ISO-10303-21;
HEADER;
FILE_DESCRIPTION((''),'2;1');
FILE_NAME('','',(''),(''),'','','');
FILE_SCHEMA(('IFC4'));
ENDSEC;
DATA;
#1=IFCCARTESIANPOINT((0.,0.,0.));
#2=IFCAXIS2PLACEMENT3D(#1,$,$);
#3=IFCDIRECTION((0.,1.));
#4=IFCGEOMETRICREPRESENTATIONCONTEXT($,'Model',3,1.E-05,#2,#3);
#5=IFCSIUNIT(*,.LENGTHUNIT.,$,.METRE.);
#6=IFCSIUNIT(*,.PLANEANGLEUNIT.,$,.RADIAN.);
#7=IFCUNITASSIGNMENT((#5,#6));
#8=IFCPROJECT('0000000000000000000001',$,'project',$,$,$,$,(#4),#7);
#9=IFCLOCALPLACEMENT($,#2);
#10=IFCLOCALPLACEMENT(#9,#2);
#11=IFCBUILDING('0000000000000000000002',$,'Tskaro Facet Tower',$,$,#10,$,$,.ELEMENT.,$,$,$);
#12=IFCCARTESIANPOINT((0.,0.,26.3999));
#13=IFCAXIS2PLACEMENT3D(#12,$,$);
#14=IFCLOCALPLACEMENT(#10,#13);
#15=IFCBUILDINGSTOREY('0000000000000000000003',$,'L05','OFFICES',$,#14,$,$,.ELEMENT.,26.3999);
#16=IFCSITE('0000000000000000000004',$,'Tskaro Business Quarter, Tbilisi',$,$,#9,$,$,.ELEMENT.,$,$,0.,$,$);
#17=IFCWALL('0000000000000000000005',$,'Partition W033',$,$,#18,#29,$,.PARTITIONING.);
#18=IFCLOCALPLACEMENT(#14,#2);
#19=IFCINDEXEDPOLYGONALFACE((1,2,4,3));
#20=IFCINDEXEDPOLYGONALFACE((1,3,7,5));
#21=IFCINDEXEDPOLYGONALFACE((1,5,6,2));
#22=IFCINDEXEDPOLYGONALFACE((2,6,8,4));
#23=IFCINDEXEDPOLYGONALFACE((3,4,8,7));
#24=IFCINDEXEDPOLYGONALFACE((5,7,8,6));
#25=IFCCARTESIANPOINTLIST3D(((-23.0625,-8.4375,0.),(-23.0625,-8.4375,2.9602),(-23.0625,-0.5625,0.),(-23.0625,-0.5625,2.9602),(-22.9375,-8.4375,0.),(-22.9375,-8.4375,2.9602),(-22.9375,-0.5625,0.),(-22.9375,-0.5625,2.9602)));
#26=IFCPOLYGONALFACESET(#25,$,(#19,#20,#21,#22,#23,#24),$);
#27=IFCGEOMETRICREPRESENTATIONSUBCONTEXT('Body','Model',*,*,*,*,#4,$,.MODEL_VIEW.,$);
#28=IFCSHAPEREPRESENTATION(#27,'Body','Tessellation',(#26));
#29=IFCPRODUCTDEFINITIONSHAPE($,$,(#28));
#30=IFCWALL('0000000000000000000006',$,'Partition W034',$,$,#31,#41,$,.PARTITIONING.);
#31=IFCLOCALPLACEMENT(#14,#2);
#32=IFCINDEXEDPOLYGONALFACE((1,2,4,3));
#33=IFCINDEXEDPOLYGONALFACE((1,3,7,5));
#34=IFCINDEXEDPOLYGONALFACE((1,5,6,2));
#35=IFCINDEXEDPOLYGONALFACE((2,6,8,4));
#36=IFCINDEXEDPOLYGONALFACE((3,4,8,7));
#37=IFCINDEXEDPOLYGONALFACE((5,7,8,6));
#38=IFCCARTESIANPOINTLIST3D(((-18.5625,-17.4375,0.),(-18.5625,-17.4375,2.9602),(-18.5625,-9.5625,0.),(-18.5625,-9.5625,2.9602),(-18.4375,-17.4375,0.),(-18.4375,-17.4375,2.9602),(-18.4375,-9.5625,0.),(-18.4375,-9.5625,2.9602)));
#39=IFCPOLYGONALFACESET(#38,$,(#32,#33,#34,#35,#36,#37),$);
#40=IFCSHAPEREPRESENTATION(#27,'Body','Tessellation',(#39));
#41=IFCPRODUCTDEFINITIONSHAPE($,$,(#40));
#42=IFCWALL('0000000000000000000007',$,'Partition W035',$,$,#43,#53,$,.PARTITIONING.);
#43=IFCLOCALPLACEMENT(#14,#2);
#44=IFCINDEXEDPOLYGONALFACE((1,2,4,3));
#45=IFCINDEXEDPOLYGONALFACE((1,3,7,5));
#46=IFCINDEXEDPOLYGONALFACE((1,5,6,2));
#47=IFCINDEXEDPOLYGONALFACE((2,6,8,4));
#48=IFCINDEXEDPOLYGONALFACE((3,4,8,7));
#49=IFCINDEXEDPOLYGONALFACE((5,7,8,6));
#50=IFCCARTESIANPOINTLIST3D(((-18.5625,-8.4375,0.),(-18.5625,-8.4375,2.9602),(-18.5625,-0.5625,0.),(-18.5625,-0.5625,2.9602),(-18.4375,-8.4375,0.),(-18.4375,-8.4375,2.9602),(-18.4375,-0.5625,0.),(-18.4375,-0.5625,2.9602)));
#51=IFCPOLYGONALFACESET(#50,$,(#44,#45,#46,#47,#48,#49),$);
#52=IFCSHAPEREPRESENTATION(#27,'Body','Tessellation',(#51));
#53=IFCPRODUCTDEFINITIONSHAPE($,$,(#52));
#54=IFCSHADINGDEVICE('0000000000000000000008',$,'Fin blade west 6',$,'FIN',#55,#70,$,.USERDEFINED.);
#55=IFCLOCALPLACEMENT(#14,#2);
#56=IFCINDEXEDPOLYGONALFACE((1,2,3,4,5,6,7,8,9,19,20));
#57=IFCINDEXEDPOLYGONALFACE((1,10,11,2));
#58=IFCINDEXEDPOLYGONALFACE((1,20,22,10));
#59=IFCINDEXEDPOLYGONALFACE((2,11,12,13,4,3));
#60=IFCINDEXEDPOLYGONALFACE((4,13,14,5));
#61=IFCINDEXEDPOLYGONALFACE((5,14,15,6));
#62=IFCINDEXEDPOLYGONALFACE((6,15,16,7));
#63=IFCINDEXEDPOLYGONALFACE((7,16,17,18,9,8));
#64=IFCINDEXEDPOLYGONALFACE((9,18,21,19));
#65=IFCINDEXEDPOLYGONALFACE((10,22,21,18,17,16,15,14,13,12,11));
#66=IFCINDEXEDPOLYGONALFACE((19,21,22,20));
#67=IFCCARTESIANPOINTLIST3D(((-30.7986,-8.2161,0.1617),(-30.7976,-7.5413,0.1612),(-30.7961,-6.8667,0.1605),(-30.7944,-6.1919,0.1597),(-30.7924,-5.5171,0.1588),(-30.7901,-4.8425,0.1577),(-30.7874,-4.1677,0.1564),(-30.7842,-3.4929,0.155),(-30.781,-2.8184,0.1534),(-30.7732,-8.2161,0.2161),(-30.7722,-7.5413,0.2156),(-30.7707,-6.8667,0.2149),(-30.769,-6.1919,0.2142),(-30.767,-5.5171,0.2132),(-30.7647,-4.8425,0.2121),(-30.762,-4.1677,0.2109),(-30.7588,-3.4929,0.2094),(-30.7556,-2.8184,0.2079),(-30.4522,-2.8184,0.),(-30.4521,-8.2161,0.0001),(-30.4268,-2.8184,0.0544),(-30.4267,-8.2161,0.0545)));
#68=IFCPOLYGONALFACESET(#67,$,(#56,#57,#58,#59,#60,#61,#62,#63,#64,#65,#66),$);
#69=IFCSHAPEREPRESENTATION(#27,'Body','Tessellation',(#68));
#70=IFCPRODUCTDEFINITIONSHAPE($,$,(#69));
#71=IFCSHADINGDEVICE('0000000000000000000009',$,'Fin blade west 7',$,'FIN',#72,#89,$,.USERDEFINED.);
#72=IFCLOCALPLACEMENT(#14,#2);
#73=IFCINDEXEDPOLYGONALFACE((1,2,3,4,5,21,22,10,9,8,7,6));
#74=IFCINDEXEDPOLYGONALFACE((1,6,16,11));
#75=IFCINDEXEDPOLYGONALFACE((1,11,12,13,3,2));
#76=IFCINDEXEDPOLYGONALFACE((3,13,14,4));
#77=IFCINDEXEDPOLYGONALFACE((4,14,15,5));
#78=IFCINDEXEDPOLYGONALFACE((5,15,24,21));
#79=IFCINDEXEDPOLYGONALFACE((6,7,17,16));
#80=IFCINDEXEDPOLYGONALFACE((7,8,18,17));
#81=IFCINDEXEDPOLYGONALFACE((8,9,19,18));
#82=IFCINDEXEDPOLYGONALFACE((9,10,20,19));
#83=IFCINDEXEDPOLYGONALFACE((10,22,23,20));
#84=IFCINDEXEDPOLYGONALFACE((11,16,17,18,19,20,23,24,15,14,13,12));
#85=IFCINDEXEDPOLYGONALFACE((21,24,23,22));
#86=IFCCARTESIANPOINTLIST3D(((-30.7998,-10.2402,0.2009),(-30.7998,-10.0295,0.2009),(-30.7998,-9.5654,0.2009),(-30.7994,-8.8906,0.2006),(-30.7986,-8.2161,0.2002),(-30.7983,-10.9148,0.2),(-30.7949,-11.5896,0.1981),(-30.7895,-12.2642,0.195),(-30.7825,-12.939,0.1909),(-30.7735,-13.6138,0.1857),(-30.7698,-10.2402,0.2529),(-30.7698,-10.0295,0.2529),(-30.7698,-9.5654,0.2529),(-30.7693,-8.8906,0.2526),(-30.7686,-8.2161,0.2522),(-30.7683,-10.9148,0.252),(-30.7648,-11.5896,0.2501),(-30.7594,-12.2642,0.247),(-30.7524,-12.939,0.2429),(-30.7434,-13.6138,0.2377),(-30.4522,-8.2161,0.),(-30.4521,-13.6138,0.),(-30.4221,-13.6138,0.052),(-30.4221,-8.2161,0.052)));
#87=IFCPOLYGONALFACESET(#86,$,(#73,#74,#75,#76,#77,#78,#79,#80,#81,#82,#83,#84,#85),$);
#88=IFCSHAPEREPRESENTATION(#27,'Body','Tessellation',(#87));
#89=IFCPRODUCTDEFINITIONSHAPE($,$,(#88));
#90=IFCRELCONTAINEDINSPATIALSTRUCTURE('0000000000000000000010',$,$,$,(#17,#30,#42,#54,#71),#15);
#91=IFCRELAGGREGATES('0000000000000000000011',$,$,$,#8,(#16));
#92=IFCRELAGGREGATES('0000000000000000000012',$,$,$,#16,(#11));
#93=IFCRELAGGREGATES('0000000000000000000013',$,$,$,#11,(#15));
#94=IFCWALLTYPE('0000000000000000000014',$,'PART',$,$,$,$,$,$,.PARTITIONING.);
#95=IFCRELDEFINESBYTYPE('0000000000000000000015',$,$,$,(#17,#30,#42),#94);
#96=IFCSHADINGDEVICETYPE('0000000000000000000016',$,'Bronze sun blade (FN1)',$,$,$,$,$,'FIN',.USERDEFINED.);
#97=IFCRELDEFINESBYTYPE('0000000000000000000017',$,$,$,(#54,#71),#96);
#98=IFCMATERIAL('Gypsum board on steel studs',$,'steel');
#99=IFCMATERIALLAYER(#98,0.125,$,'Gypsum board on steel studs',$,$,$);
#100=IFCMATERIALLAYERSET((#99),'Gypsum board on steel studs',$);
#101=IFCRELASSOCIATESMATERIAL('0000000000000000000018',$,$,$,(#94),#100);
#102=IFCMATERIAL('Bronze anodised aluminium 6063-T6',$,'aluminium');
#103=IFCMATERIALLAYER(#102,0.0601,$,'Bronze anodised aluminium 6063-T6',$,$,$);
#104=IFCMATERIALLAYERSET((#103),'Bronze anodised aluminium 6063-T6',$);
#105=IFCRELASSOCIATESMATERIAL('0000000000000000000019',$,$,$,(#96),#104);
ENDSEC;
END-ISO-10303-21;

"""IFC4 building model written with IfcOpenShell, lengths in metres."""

from ifc_helpers import new_model, si_unit, direction, frame, frame_2d, origin, place, context, subcontext, project, spatial, polyline, rectangle, outline, extrude, material, layer, layer_set, type_object, element, save


model = new_model("IFC4")

# Units and contexts
model_context = context("Model", 3, precision=1e-05, world=origin(), true_north=direction((0.0, 1.0)))
body_context = subcontext(model_context, "Body", "Model", "MODEL_VIEW")
ifc_project = project(units=[si_unit("LENGTHUNIT", "METRE"), si_unit("PLANEANGLEUNIT", "RADIAN")], contexts=[model_context])

# Site, building, storey
site_placement = place(None, origin())
site = spatial("IfcSite", under=ifc_project, at=site_placement, Name="Tskaro Business Quarter, Tbilisi", CompositionType="ELEMENT", RefElevation=0.0)
building_placement = place(site_placement, origin())
building = spatial("IfcBuilding", under=site, at=building_placement, Name="Tskaro Facet Tower", CompositionType="ELEMENT")
storey_placement = place(building_placement, frame((0.0, 0.0, 26.3999)))
storey = spatial("IfcBuildingStorey", under=building, at=storey_placement, Name="L05", Description="OFFICES", CompositionType="ELEMENT", Elevation=26.3999)

# Shared definitions
ifc_material_1 = material(Name="Bronze anodised aluminium 6063-T6", Category="aluminium")

# Shared definitions
ifc_material_2 = material(Name="Gypsum board on steel studs", Category="steel")
ifc_layer_1 = layer(ifc_material_2, 0.125, Name="Gypsum board on steel studs")
ifc_layer_set_1 = layer_set([ifc_layer_1], Name="Gypsum board on steel studs")
wall_type = type_object("IfcWallType", Name="PART", PredefinedType="PARTITIONING", material=ifc_layer_set_1)

# Walls
for number, where, z_axis, x_axis, name in (
    (1, (-23.0, -8.4375, 0.0), (0.0, 0.0, 1.0), (0.0, 1.0, 0.0), "Partition W033"),
    (2, (-18.5, -17.4375, 0.0), (0.0, 0.0, 1.0), (0.0, 1.0, 0.0), "Partition W034"),
    (3, (-18.5, -8.4375, 0.0), (0.0, 0.0, 1.0), (0.0, 1.0, 0.0), "Partition W035"),
):
    element("IfcWall", number, at=place(storey_placement, frame(where, z_axis=z_axis, x_axis=x_axis)), inside=storey, type_object=wall_type, Name=name, PredefinedType="PARTITIONING", context=body_context, shape_type="SweptSolid", body=[
        extrude(rectangle(XDim=7.875, YDim=0.125, at=frame_2d((3.9375, 0.0))), origin(), (0.0, 0.0, 1.0), 2.9602),
    ])

# Shading devices
ifc_layer_2 = layer(ifc_material_1, 0.0601, Name="Bronze anodised aluminium 6063-T6")
ifc_layer_set_2 = layer_set([ifc_layer_2], Name="Bronze anodised aluminium 6063-T6")
shading_device_type = type_object("IfcShadingDeviceType", Name="Bronze sun blade (FN1)", ElementType="FIN", PredefinedType="USERDEFINED", material=ifc_layer_set_2)
shading_device_1_placement = place(storey_placement, frame((-30.4268, -2.8184, 0.0544), z_axis=(0.422796, 0.000008, 0.906225), x_axis=(0.000003, -1.0, 0.000007)))
element("IfcShadingDevice", 4, at=shading_device_1_placement, inside=storey, type_object=shading_device_type, Name="Fin blade west 6", ObjectType="FIN", PredefinedType="USERDEFINED", context=body_context, shape_type="SweptSolid", body=[
    extrude(outline(polyline([(0.0, 0.0), (5.3977, 0.0), (5.3977, -0.3823), (4.7229, -0.3812), (4.0483, -0.3796), (3.3735, -0.3777), (2.6987, -0.3755), (2.0242, -0.3729), (1.3494, -0.3699), (0.6746, -0.3664), (0.0, -0.3628), (0.0, 0.0)])), origin(), (0.0, 0.0, -1.0), 0.0601),
])
shading_device_2_placement = place(storey_placement, frame((-30.4221, -8.2161, 0.052), z_axis=(0.50031, 0.000009, 0.865846), x_axis=(0.000005, -1.0, 0.000008)))
element("IfcShadingDevice", 5, at=shading_device_2_placement, inside=storey, type_object=shading_device_type, Name="Fin blade west 7", ObjectType="FIN", PredefinedType="USERDEFINED", context=body_context, shape_type="SweptSolid", body=[
    extrude(outline(polyline([(0.0, 0.0), (5.3977, 0.0), (5.3977, -0.3711), (4.7229, -0.3815), (4.0481, -0.3896), (3.3735, -0.3958), (2.6987, -0.3998), (2.0242, -0.4015), (1.8135, -0.4015), (1.3494, -0.4015), (0.6746, -0.401), (0.0, -0.4001), (0.0, 0.0)])), origin(), (0.0, 0.0, -1.0), 0.0601),
])

save(model, "model.ifc")
